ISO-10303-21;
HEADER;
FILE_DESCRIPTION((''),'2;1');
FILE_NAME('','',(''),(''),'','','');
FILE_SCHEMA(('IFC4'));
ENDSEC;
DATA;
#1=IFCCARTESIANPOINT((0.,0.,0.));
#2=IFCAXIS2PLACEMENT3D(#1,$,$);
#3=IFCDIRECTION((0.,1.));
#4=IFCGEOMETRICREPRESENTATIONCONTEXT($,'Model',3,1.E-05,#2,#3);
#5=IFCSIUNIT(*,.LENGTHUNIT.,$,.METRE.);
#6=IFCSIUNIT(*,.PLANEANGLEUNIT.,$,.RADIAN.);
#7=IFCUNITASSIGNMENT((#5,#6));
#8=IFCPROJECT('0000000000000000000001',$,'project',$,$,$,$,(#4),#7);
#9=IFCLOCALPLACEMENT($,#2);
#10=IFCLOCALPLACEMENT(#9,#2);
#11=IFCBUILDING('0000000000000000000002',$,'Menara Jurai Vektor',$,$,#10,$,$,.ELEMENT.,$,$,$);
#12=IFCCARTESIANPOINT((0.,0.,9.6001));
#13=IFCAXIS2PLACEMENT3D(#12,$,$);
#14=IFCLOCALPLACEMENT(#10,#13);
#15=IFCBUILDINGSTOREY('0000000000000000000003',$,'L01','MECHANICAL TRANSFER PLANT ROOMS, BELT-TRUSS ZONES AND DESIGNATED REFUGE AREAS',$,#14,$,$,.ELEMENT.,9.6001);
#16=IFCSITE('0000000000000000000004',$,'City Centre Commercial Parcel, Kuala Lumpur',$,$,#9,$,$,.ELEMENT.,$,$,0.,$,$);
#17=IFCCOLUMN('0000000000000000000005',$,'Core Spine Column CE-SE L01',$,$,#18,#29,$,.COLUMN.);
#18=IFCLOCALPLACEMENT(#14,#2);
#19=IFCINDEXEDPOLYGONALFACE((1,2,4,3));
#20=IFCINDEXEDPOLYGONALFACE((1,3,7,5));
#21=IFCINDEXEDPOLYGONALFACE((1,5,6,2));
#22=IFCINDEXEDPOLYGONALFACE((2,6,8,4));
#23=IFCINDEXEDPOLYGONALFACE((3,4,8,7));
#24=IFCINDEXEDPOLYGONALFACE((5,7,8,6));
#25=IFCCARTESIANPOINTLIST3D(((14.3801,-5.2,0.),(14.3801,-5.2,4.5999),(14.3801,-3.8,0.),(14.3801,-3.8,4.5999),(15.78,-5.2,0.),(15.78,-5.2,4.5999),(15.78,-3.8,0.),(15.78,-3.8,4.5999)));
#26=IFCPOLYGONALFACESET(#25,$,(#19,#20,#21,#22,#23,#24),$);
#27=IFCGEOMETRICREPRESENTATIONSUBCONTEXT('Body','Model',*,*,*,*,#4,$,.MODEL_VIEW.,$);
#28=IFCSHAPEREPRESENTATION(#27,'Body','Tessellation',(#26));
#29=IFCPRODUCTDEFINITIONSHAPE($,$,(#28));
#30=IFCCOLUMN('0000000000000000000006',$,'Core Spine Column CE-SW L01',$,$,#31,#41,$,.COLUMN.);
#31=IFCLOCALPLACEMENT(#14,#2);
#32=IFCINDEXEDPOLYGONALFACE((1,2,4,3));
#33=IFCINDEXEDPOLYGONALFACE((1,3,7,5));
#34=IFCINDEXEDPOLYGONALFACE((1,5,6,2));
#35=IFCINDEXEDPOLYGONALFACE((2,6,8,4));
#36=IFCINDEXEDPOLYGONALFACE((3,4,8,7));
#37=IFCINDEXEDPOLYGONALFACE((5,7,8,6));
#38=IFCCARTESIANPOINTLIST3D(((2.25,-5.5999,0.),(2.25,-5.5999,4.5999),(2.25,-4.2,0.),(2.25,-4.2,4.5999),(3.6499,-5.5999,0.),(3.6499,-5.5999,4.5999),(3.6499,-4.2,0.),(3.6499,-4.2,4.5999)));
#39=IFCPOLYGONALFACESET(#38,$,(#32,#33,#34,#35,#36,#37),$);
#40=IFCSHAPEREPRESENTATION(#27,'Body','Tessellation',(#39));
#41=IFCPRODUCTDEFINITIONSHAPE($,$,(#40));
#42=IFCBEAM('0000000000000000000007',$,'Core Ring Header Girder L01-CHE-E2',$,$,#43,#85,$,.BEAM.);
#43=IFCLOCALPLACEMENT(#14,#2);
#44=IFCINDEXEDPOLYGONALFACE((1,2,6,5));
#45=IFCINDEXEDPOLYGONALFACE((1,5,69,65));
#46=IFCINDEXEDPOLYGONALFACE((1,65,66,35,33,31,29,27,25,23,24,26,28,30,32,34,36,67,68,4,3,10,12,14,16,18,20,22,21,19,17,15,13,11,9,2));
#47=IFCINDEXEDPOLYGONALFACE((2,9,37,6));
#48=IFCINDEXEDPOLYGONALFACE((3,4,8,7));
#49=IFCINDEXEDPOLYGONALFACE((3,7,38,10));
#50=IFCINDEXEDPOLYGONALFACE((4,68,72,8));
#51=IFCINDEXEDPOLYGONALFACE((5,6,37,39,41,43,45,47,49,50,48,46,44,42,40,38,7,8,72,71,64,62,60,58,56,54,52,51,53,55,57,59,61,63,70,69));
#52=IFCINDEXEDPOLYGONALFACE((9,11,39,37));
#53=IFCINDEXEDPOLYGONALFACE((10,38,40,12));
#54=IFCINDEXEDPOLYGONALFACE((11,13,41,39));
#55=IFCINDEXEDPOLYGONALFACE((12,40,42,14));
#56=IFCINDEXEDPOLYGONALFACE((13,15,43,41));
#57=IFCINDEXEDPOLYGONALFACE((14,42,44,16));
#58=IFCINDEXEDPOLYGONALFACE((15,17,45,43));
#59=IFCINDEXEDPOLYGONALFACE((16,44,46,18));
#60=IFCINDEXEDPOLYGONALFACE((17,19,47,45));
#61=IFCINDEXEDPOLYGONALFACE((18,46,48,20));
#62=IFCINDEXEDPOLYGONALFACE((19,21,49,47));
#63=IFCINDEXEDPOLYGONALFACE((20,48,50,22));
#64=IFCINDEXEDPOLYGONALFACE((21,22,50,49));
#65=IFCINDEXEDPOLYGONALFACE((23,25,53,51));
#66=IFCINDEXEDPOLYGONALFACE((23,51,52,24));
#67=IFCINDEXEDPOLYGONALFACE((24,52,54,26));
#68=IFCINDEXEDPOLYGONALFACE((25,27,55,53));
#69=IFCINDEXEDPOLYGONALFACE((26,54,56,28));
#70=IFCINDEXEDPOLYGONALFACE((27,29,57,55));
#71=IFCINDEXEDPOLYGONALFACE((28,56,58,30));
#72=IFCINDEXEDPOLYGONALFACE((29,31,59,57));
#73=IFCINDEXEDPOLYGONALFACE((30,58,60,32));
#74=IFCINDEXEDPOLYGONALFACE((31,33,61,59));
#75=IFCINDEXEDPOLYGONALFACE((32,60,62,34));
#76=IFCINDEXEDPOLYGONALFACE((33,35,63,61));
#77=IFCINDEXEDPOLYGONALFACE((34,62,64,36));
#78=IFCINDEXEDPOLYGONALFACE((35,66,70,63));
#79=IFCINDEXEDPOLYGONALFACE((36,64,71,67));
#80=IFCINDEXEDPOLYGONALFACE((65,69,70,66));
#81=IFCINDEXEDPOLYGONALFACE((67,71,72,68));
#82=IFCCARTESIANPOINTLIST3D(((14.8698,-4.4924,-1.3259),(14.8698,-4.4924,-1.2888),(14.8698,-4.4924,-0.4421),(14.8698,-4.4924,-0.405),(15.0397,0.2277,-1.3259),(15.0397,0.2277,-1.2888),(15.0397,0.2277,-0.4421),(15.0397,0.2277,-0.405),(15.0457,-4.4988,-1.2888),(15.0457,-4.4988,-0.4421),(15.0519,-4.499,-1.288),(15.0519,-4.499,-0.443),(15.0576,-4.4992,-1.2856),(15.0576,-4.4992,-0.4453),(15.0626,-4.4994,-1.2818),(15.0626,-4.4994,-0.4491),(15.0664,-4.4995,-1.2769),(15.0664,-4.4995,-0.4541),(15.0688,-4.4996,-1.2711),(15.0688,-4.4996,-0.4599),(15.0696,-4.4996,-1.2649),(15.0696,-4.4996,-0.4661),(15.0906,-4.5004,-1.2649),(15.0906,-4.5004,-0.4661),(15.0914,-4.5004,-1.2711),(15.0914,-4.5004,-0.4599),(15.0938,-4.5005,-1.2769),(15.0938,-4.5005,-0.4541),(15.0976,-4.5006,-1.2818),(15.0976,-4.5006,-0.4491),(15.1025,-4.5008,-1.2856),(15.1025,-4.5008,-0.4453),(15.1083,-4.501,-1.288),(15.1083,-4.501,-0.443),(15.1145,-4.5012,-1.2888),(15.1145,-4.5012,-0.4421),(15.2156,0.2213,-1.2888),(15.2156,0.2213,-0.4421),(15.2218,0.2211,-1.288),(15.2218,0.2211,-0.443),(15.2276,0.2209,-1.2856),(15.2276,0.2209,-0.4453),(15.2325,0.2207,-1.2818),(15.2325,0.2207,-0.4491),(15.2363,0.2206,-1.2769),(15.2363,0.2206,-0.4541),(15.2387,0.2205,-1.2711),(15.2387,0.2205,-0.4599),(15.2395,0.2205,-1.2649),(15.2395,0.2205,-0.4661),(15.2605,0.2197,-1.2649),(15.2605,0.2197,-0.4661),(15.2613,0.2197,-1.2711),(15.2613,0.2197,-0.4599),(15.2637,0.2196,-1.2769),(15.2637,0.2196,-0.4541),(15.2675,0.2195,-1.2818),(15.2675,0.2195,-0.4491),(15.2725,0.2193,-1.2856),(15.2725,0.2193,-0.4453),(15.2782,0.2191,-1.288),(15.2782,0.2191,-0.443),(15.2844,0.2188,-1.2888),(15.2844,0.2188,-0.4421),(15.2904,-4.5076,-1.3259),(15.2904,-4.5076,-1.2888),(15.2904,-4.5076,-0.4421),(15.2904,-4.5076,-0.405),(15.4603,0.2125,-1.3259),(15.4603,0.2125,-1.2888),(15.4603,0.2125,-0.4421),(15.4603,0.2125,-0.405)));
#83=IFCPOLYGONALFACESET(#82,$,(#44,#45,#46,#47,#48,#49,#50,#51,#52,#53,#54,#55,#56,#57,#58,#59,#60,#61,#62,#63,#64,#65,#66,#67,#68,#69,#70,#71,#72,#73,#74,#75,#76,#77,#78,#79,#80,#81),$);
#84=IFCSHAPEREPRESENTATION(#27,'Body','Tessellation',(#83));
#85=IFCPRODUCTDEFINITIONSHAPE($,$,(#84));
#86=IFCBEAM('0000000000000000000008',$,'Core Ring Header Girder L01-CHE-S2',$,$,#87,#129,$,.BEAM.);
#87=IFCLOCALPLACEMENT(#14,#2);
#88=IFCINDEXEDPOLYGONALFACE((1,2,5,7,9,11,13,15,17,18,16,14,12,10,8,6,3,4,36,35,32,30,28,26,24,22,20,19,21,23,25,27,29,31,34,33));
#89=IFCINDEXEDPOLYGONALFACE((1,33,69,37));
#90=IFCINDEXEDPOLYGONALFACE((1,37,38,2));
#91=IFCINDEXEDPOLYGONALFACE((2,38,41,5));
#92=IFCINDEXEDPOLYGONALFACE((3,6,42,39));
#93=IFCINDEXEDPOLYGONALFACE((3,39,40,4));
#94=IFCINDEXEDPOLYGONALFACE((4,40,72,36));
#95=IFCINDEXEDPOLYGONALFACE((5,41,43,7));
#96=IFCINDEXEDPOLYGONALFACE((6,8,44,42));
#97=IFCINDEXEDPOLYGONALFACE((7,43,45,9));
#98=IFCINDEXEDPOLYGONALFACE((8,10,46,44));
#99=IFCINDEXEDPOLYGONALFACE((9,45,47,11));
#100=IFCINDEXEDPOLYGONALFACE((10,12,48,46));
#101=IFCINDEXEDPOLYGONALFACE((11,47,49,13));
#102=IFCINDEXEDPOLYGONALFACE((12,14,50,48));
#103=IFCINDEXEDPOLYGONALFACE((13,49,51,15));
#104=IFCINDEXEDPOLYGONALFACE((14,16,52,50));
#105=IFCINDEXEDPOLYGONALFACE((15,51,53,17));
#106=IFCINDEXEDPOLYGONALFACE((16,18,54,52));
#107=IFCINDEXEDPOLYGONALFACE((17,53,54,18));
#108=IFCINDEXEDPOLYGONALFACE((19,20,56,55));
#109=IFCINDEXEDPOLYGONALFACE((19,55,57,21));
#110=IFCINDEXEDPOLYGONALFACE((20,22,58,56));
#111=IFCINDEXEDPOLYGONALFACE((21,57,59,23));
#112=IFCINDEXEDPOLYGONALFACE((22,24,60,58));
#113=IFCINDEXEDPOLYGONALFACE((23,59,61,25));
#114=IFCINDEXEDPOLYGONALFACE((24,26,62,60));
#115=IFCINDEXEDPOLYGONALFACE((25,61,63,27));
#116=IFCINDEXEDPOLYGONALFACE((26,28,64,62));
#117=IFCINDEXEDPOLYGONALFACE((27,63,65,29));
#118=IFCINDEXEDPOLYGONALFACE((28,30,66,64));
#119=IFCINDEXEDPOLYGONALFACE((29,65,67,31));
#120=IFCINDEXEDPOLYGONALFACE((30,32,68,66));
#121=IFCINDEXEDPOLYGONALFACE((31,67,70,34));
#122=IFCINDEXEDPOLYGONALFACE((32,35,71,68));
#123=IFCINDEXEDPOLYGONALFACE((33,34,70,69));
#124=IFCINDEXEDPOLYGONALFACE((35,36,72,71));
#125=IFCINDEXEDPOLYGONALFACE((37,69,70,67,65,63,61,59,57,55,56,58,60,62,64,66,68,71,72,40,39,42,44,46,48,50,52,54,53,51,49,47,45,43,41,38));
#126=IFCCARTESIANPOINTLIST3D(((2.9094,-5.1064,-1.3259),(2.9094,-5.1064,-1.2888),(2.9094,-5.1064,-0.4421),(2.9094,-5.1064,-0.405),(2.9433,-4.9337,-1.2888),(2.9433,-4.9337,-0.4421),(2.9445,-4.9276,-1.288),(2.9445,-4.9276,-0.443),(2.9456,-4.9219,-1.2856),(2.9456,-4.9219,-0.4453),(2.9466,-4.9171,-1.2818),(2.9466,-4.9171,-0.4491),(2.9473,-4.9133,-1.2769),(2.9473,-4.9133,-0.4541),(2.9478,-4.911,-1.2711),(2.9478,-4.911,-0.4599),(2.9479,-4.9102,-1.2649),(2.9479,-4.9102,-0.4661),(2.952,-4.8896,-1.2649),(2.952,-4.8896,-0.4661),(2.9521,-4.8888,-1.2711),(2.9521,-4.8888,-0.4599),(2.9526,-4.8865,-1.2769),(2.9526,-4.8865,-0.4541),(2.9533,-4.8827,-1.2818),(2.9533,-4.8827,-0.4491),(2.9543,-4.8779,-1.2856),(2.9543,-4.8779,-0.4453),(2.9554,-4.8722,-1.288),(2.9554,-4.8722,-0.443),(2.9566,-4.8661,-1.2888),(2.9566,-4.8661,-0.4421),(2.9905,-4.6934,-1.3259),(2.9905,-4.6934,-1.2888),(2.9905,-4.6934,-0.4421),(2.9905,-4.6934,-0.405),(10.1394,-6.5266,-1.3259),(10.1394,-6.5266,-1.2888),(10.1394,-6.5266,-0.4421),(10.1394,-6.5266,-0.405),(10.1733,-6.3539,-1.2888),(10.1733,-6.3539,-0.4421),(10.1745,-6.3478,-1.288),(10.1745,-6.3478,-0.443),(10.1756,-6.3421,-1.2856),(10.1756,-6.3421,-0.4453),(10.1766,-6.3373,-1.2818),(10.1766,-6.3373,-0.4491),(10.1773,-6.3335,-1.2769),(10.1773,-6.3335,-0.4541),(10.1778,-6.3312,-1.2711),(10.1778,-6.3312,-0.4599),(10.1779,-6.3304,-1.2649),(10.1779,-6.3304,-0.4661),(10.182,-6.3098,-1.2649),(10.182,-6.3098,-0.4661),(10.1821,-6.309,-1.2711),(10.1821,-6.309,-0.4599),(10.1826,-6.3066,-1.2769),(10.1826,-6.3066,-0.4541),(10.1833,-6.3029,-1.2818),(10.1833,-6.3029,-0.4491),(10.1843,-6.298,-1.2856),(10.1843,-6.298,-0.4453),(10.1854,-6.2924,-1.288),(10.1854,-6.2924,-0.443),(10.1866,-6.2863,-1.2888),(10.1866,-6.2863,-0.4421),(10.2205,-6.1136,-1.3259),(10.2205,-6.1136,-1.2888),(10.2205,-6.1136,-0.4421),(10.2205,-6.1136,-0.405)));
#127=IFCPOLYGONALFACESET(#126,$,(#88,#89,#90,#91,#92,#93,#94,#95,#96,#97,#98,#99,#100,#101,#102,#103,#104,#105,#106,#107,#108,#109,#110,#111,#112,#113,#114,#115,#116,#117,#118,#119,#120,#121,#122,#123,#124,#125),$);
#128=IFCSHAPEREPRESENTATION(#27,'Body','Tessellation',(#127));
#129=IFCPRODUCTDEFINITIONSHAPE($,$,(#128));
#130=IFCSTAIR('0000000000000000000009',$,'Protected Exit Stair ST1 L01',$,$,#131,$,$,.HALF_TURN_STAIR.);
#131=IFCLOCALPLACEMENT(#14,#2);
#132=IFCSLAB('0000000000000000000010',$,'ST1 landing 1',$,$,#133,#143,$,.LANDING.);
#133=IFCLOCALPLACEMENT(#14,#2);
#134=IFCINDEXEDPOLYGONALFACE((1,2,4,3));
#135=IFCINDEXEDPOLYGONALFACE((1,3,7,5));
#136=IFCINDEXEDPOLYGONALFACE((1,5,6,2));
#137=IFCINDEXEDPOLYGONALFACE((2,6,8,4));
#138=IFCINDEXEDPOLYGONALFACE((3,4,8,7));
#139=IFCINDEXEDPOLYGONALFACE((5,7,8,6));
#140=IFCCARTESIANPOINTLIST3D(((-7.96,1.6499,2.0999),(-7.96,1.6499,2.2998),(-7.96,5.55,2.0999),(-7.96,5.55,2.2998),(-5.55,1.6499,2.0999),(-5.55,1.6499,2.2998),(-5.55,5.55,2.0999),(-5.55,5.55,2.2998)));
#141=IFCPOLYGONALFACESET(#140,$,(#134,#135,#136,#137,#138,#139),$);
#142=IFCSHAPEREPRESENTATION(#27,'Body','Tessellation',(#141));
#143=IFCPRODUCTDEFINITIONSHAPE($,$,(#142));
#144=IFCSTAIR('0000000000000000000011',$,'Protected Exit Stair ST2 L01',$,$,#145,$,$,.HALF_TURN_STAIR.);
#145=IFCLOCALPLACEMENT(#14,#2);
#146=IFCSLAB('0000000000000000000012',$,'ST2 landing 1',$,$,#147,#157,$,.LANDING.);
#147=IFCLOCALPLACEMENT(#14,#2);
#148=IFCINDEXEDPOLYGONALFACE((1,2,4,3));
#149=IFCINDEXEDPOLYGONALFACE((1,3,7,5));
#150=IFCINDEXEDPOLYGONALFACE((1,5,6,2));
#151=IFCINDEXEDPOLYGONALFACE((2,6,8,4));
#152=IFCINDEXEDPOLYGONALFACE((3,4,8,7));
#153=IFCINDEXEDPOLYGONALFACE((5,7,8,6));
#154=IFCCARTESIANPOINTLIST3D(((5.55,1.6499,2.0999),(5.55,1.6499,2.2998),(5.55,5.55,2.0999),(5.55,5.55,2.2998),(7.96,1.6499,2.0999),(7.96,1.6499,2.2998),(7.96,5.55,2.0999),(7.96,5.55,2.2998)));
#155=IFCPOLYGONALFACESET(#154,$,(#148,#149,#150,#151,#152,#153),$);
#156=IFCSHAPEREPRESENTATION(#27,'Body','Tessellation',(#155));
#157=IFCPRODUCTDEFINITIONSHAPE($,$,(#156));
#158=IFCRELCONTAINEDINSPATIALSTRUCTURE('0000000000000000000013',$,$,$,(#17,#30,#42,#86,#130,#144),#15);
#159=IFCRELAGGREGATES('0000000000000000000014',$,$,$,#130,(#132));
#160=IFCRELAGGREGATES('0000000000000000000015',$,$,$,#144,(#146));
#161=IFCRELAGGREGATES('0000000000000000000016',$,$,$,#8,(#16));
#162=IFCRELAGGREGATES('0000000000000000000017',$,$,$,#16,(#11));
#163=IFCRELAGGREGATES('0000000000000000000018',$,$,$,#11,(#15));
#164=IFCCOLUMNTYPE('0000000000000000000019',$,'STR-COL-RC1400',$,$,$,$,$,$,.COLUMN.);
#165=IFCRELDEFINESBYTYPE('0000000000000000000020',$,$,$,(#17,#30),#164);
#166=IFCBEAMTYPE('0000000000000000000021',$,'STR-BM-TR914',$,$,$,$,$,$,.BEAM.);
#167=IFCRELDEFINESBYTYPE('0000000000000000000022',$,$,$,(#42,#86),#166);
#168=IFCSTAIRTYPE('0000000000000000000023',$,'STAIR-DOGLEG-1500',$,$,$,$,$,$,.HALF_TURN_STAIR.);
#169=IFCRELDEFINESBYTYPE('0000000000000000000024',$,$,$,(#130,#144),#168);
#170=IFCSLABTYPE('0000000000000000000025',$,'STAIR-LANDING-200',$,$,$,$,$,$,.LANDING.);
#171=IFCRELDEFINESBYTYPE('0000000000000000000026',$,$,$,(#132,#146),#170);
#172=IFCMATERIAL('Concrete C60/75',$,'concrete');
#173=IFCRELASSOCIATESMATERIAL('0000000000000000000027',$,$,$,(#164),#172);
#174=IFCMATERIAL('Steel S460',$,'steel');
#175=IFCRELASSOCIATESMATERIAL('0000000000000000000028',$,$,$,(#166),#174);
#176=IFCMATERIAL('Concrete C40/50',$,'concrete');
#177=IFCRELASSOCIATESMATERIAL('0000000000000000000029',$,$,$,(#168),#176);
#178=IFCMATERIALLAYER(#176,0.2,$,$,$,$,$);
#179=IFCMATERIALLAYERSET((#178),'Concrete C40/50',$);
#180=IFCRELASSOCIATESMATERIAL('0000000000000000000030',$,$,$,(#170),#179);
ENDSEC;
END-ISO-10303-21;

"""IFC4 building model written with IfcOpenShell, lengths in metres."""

from ifc_helpers import new_model, si_unit, direction, frame, origin, origin_2d, place, context, subcontext, project, spatial, polyline, rectangle, i_section, outline, extrude, material, layer, layer_set, material_profile, profile_set, type_object, element, aggregate, save


model = new_model("IFC4")

# Units and contexts
model_context = context("Model", 3, precision=1e-05, world=origin(), true_north=direction((0.0, 1.0)))
body_context = subcontext(model_context, "Body", "Model", "MODEL_VIEW")
ifc_project = project(units=[si_unit("LENGTHUNIT", "METRE"), si_unit("PLANEANGLEUNIT", "RADIAN")], contexts=[model_context])

# Site, building, storey
site_placement = place(None, origin())
site = spatial("IfcSite", under=ifc_project, at=site_placement, Name="City Centre Commercial Parcel, Kuala Lumpur", CompositionType="ELEMENT", RefElevation=0.0)
building_placement = place(site_placement, origin())
building = spatial("IfcBuilding", under=site, at=building_placement, Name="Menara Jurai Vektor", CompositionType="ELEMENT")
storey_placement = place(building_placement, frame((0.0, 0.0, 9.6001)))
storey = spatial("IfcBuildingStorey", under=building, at=storey_placement, Name="L01", Description="MECHANICAL TRANSFER PLANT ROOMS, BELT-TRUSS ZONES AND DESIGNATED REFUGE AREAS", CompositionType="ELEMENT", Elevation=9.6001)

# Columns
ifc_material_1 = material(Name="Concrete C60/75", Category="concrete")
ifc_material_profile_1 = material_profile(ifc_material_1, rectangle(XDim=1.3999, YDim=1.3999, at=origin_2d()), Name="RC 1400x1400")
ifc_profile_set_1 = profile_set([ifc_material_profile_1], Name="Concrete C60/75")
column_type = type_object("IfcColumnType", Name="STR-COL-RC1400", PredefinedType="COLUMN", material=ifc_profile_set_1)
for number, where, z_axis, x_axis, name in (
    (1, (15.0801, -4.5, 0.0), (0.0, 0.0, 1.0), (1.0, 0.0, 0.0), "Core Spine Column CE-SE L01"),
    (2, (2.95, -4.8999, 0.0), (0.0, 0.0, 1.0), (1.0, 0.0, 0.0), "Core Spine Column CE-SW L01"),
):
    element("IfcColumn", number, at=place(storey_placement, frame(where, z_axis=z_axis, x_axis=x_axis)), inside=storey, type_object=column_type, Name=name, PredefinedType="COLUMN", context=body_context, shape_type="SweptSolid", body=[
        extrude(rectangle(XDim=1.3999, YDim=1.3999, at=origin_2d()), origin(), (0.0, 0.0, 1.0), 4.5999),
    ])

# Beams
ifc_material_2 = material(Name="Steel S460", Category="steel")
ifc_material_profile_2 = material_profile(ifc_material_2, i_section(OverallWidth=0.4209, OverallDepth=0.9209, WebThickness=0.021, FlangeThickness=0.0371, FilletRadius=0.0239, at=origin_2d()), Name="UKB 914x419x388")
ifc_profile_set_2 = profile_set([ifc_material_profile_2], Name="Steel S460")
beam_type = type_object("IfcBeamType", Name="STR-BM-TR914", PredefinedType="BEAM", material=ifc_profile_set_2)
beam_1_placement = place(storey_placement, frame((15.0801, -4.5, -0.8655), z_axis=(0.035977, 0.999353, 0.0), x_axis=(-0.999353, 0.035977, 0.0)))
element("IfcBeam", 3, at=beam_1_placement, inside=storey, type_object=beam_type, Name="Core Ring Header Girder L01-CHE-E2", PredefinedType="BEAM", context=body_context, shape_type="SweptSolid", body=[
    extrude(i_section(OverallWidth=0.4209, OverallDepth=0.9209, WebThickness=0.021, FlangeThickness=0.0371, FilletRadius=0.0239, at=origin_2d()), origin(), (0.0, 0.0, 1.0), 4.7231),
])
beam_2_placement = place(storey_placement, frame((2.95, -4.8999, -0.8655), z_axis=(0.981249, -0.192744, 0.0), x_axis=(0.192744, 0.981249, 0.0)))
element("IfcBeam", 4, at=beam_2_placement, inside=storey, type_object=beam_type, Name="Core Ring Header Girder L01-CHE-S2", PredefinedType="BEAM", context=body_context, shape_type="SweptSolid", body=[
    extrude(i_section(OverallWidth=0.4209, OverallDepth=0.9209, WebThickness=0.021, FlangeThickness=0.0371, FilletRadius=0.0239, at=origin_2d()), origin(), (0.0, 0.0, 1.0), 7.3682),
])

# Stairs, slabs
ifc_material_3 = material(Name="Concrete C40/50", Category="concrete")
stair_type = type_object("IfcStairType", Name="STAIR-DOGLEG-1500", PredefinedType="HALF_TURN_STAIR", material=ifc_material_3)
stair_1_placement = place(storey_placement, origin())
stair_1 = element("IfcStair", 5, at=stair_1_placement, inside=storey, type_object=stair_type, Name="Protected Exit Stair ST1 L01", PredefinedType="HALF_TURN_STAIR")
ifc_layer_1 = layer(ifc_material_3, 0.2)
ifc_layer_set_1 = layer_set([ifc_layer_1], Name="Concrete C40/50")
slab_type_1 = type_object("IfcSlabType", Name="STAIR-LANDING-200", PredefinedType="LANDING", material=ifc_layer_set_1)
slab_1_placement = place(storey_placement, frame((0.0, 0.0, 2.0999)))
slab_1 = element("IfcSlab", 6, at=slab_1_placement, type_object=slab_type_1, Name="ST1 landing 1", PredefinedType="LANDING", context=body_context, shape_type="SweptSolid", body=[
    extrude(outline(polyline([(-7.96, 1.6499), (-5.55, 1.6499), (-5.55, 5.55), (-7.96, 5.55), (-7.96, 1.6499)])), origin(), (0.0, 0.0, 1.0), 0.2),
])
aggregate(stair_1, [slab_1])
stair_2_placement = place(storey_placement, origin())
stair_2 = element("IfcStair", 7, at=stair_2_placement, inside=storey, type_object=stair_type, Name="Protected Exit Stair ST2 L01", PredefinedType="HALF_TURN_STAIR")
slab_2_placement = place(storey_placement, frame((0.0, 0.0, 2.0999)))
slab_2 = element("IfcSlab", 8, at=slab_2_placement, type_object=slab_type_1, Name="ST2 landing 1", PredefinedType="LANDING", context=body_context, shape_type="SweptSolid", body=[
    extrude(outline(polyline([(5.55, 1.6499), (7.96, 1.6499), (7.96, 5.55), (5.55, 5.55), (5.55, 1.6499)])), origin(), (0.0, 0.0, 1.0), 0.2),
])
aggregate(stair_2, [slab_2])

save(model, "model.ifc")
